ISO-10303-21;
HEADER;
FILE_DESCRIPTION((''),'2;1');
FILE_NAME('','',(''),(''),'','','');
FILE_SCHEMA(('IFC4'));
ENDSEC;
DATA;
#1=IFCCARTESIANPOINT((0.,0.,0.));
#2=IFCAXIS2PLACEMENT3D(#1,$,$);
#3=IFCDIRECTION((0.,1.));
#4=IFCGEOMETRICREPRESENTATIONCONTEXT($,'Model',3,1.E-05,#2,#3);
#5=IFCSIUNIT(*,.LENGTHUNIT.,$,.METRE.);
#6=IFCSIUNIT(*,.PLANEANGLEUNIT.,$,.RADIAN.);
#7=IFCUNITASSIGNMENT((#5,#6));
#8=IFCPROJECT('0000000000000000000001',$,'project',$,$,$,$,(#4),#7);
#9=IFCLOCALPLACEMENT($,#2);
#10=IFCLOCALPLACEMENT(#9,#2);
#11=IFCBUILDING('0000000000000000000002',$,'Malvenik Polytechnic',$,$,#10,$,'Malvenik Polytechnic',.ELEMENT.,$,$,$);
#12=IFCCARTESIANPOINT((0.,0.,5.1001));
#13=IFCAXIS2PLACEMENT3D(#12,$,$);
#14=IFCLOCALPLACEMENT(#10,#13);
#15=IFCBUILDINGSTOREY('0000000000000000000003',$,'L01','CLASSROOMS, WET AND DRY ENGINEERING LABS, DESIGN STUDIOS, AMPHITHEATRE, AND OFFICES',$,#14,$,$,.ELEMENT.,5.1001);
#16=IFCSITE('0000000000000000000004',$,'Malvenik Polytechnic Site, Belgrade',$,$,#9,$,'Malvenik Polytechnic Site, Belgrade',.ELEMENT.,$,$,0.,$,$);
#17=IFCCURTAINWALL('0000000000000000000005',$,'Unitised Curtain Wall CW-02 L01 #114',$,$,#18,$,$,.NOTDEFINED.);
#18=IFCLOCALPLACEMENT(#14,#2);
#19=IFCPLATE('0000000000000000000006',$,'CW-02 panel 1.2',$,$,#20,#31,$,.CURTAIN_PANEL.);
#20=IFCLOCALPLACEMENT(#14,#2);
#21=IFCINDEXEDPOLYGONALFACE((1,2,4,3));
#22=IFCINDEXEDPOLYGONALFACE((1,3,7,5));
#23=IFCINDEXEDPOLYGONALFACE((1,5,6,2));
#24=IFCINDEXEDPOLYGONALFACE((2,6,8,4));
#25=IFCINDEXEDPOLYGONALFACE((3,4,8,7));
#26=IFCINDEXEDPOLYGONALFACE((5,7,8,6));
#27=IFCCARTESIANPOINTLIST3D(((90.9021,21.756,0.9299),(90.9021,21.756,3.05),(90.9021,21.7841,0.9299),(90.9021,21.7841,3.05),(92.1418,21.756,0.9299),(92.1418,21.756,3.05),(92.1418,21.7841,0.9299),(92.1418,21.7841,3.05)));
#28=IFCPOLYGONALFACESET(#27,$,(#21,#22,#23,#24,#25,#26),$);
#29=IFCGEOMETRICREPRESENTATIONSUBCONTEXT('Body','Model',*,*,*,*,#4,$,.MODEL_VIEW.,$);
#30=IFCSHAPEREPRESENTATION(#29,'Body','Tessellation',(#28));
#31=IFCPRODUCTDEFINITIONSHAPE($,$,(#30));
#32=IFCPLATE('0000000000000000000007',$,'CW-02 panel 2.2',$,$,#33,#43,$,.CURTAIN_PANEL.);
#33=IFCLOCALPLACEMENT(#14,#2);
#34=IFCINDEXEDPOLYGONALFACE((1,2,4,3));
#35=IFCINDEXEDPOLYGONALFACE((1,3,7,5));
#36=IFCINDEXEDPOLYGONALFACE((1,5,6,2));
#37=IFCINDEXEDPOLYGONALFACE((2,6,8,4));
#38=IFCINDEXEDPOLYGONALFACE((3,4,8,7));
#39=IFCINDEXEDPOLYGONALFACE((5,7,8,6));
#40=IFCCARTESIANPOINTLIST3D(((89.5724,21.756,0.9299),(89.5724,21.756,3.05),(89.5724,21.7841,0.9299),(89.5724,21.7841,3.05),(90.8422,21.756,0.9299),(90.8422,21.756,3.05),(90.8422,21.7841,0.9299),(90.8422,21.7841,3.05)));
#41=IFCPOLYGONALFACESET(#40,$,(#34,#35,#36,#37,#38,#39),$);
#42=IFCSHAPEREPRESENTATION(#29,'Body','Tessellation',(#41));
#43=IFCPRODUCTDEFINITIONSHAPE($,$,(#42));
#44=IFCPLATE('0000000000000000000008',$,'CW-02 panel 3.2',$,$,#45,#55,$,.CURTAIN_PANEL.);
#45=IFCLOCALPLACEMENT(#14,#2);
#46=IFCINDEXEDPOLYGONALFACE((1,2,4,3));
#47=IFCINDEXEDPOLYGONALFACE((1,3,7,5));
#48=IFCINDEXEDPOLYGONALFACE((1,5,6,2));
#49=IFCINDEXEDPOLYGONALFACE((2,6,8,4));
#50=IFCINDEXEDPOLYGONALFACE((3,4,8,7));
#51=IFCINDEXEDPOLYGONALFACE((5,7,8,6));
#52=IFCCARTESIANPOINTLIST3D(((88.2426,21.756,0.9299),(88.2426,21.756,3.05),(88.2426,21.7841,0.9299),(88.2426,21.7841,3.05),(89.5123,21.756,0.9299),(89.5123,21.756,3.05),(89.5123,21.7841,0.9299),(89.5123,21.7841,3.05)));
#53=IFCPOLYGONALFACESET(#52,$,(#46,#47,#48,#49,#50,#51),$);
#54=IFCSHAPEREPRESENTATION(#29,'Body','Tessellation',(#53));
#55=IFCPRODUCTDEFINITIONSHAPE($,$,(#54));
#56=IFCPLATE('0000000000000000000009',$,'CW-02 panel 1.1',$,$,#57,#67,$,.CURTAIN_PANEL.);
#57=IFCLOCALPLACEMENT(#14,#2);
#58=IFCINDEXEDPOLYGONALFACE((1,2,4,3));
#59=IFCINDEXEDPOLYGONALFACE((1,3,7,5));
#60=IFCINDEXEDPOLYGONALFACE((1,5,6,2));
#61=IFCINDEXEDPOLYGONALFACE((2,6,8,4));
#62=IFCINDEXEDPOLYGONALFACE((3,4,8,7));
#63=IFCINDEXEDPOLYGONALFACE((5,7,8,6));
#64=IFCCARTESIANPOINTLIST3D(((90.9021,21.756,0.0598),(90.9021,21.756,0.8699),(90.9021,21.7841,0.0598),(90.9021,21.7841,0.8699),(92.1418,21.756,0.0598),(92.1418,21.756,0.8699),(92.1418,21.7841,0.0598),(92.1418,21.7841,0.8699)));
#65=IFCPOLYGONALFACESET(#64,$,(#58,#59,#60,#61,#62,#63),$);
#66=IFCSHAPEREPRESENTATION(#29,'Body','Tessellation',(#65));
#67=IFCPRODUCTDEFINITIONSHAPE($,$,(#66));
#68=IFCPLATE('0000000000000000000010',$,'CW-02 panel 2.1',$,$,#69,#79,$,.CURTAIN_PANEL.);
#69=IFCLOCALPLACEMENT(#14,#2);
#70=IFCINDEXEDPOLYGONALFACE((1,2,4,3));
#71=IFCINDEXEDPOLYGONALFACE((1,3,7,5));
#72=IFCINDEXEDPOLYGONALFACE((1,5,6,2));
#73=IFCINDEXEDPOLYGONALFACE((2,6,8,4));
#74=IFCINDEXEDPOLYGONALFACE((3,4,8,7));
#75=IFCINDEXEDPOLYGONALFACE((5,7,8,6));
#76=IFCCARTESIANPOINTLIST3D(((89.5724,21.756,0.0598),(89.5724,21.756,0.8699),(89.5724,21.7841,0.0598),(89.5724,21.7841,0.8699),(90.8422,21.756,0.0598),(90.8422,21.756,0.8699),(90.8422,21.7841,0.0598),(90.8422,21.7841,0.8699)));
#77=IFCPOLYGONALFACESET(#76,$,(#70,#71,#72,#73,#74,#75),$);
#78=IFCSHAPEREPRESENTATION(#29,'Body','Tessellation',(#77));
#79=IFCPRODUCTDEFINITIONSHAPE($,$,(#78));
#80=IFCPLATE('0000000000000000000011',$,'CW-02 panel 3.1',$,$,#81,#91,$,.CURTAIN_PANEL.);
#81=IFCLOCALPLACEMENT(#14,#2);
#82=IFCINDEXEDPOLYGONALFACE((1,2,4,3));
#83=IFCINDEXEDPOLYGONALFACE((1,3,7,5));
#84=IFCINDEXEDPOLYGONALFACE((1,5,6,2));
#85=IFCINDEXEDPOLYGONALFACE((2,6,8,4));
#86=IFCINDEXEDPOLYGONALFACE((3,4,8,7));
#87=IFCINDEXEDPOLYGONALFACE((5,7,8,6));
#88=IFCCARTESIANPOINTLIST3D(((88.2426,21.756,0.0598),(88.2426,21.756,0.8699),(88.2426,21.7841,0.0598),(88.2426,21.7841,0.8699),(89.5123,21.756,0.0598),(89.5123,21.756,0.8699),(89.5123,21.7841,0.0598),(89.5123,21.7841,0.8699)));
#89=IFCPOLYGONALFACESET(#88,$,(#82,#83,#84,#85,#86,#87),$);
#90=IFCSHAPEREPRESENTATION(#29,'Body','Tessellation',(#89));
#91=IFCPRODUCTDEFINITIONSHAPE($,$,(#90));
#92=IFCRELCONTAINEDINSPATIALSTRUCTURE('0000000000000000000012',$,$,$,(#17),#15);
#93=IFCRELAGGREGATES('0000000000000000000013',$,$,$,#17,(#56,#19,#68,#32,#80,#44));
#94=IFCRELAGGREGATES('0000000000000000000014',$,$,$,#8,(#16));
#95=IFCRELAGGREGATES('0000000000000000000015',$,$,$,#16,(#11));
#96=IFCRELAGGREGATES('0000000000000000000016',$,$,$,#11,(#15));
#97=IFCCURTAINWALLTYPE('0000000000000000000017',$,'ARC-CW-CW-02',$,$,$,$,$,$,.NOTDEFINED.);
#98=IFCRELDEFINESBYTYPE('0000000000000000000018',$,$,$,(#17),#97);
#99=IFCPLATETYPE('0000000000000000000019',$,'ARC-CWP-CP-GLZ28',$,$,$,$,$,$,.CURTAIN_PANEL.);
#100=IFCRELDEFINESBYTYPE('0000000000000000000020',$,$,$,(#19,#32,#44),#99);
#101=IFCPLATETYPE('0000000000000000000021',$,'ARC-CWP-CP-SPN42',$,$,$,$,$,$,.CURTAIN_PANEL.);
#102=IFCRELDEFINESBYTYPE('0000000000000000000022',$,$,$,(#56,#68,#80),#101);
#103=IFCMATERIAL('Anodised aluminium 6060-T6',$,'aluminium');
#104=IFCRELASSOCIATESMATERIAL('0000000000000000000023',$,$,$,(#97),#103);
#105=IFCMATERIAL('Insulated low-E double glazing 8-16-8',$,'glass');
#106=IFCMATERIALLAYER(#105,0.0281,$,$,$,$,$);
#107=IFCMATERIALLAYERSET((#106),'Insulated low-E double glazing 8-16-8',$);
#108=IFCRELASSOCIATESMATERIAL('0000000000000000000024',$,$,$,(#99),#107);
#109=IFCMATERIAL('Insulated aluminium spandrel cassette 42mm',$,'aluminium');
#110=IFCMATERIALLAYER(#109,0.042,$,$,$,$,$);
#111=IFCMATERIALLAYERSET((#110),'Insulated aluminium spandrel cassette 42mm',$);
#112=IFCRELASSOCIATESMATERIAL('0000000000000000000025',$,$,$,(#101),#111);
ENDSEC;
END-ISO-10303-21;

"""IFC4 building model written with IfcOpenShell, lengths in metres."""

from ifc_helpers import new_model, si_unit, direction, frame, origin, origin_2d, place, context, subcontext, project, spatial, rectangle, extrude, material, layer, layer_set, type_object, element, aggregate, save


model = new_model("IFC4")

# Units and contexts
model_context = context("Model", 3, precision=1e-05, world=origin(), true_north=direction((0.0, 1.0)))
body_context = subcontext(model_context, "Body", "Model", "MODEL_VIEW")
ifc_project = project(units=[si_unit("LENGTHUNIT", "METRE"), si_unit("PLANEANGLEUNIT", "RADIAN")], contexts=[model_context])

# Site, building, storey
site_placement = place(None, origin())
site = spatial("IfcSite", under=ifc_project, at=site_placement, Name="Malvenik Polytechnic Site, Belgrade", LongName="Malvenik Polytechnic Site, Belgrade", CompositionType="ELEMENT", RefElevation=0.0)
building_placement = place(site_placement, origin())
building = spatial("IfcBuilding", under=site, at=building_placement, Name="Malvenik Polytechnic", LongName="Malvenik Polytechnic", CompositionType="ELEMENT")
storey_placement = place(building_placement, frame((0.0, 0.0, 5.1001)))
storey = spatial("IfcBuildingStorey", under=building, at=storey_placement, Name="L01", Description="CLASSROOMS, WET AND DRY ENGINEERING LABS, DESIGN STUDIOS, AMPHITHEATRE, AND OFFICES", CompositionType="ELEMENT", Elevation=5.1001)

# Curtain wall
ifc_material_1 = material(Name="Anodised aluminium 6060-T6", Category="aluminium")
curtain_wall_type = type_object("IfcCurtainWallType", Name="ARC-CW-CW-02", PredefinedType="NOTDEFINED", material=ifc_material_1)
curtain_wall_placement = place(storey_placement, origin())
curtain_wall = element("IfcCurtainWall", 1, at=curtain_wall_placement, inside=storey, type_object=curtain_wall_type, Name="Unitised Curtain Wall CW-02 L01 #114", PredefinedType="NOTDEFINED")

# Plates
ifc_material_2 = material(Name="Insulated low-E double glazing 8-16-8", Category="glass")
ifc_layer_1 = layer(ifc_material_2, 0.0281)
ifc_layer_set_1 = layer_set([ifc_layer_1], Name="Insulated low-E double glazing 8-16-8")
plate_type_1 = type_object("IfcPlateType", Name="ARC-CWP-CP-GLZ28", PredefinedType="CURTAIN_PANEL", material=ifc_layer_set_1)
plate_1_placement = place(storey_placement, frame((91.522, 21.77, 0.9299), z_axis=(0.0, 0.0, 1.0), x_axis=(-1.0, 0.0, 0.0)))
plate_1 = element("IfcPlate", 2, at=plate_1_placement, type_object=plate_type_1, Name="CW-02 panel 1.2", PredefinedType="CURTAIN_PANEL", context=body_context, shape_type="SweptSolid", body=[
    extrude(rectangle(XDim=1.2397, YDim=0.0281, at=origin_2d()), origin(), (0.0, 0.0, 1.0), 2.1201),
])
plate_2_placement = place(storey_placement, frame((90.2073, 21.77, 0.9299), z_axis=(0.0, 0.0, 1.0), x_axis=(-1.0, 0.0, 0.0)))
plate_2 = element("IfcPlate", 3, at=plate_2_placement, type_object=plate_type_1, Name="CW-02 panel 2.2", PredefinedType="CURTAIN_PANEL", context=body_context, shape_type="SweptSolid", body=[
    extrude(rectangle(XDim=1.2698, YDim=0.0281, at=origin_2d()), origin(), (0.0, 0.0, 1.0), 2.1201),
])
plate_3_placement = place(storey_placement, frame((88.8774, 21.77, 0.9299), z_axis=(0.0, 0.0, 1.0), x_axis=(-1.0, 0.0, 0.0)))
plate_3 = element("IfcPlate", 4, at=plate_3_placement, type_object=plate_type_1, Name="CW-02 panel 3.2", PredefinedType="CURTAIN_PANEL", context=body_context, shape_type="SweptSolid", body=[
    extrude(rectangle(XDim=1.2698, YDim=0.0281, at=origin_2d()), origin(), (0.0, 0.0, 1.0), 2.1201),
])
ifc_material_3 = material(Name="Insulated aluminium spandrel cassette 42mm", Category="aluminium")
ifc_layer_2 = layer(ifc_material_3, 0.042)
ifc_layer_set_2 = layer_set([ifc_layer_2], Name="Insulated aluminium spandrel cassette 42mm")
plate_type_2 = type_object("IfcPlateType", Name="ARC-CWP-CP-SPN42", PredefinedType="CURTAIN_PANEL", material=ifc_layer_set_2)
plate_4_placement = place(storey_placement, frame((91.522, 21.77, 0.0598), z_axis=(0.0, 0.0, 1.0), x_axis=(-1.0, 0.0, 0.0)))
plate_4 = element("IfcPlate", 5, at=plate_4_placement, type_object=plate_type_2, Name="CW-02 panel 1.1", PredefinedType="CURTAIN_PANEL", context=body_context, shape_type="SweptSolid", body=[
    extrude(rectangle(XDim=1.2397, YDim=0.0281, at=origin_2d()), origin(), (0.0, 0.0, 1.0), 0.8101),
])
plate_5_placement = place(storey_placement, frame((90.2073, 21.77, 0.0598), z_axis=(0.0, 0.0, 1.0), x_axis=(-1.0, 0.0, 0.0)))
plate_5 = element("IfcPlate", 6, at=plate_5_placement, type_object=plate_type_2, Name="CW-02 panel 2.1", PredefinedType="CURTAIN_PANEL", context=body_context, shape_type="SweptSolid", body=[
    extrude(rectangle(XDim=1.2698, YDim=0.0281, at=origin_2d()), origin(), (0.0, 0.0, 1.0), 0.8101),
])
plate_6_placement = place(storey_placement, frame((88.8774, 21.77, 0.0598), z_axis=(0.0, 0.0, 1.0), x_axis=(-1.0, 0.0, 0.0)))
plate_6 = element("IfcPlate", 7, at=plate_6_placement, type_object=plate_type_2, Name="CW-02 panel 3.1", PredefinedType="CURTAIN_PANEL", context=body_context, shape_type="SweptSolid", body=[
    extrude(rectangle(XDim=1.2698, YDim=0.0281, at=origin_2d()), origin(), (0.0, 0.0, 1.0), 0.8101),
])
aggregate(curtain_wall, [plate_4, plate_1, plate_5, plate_2, plate_6, plate_3])

save(model, "model.ifc")
